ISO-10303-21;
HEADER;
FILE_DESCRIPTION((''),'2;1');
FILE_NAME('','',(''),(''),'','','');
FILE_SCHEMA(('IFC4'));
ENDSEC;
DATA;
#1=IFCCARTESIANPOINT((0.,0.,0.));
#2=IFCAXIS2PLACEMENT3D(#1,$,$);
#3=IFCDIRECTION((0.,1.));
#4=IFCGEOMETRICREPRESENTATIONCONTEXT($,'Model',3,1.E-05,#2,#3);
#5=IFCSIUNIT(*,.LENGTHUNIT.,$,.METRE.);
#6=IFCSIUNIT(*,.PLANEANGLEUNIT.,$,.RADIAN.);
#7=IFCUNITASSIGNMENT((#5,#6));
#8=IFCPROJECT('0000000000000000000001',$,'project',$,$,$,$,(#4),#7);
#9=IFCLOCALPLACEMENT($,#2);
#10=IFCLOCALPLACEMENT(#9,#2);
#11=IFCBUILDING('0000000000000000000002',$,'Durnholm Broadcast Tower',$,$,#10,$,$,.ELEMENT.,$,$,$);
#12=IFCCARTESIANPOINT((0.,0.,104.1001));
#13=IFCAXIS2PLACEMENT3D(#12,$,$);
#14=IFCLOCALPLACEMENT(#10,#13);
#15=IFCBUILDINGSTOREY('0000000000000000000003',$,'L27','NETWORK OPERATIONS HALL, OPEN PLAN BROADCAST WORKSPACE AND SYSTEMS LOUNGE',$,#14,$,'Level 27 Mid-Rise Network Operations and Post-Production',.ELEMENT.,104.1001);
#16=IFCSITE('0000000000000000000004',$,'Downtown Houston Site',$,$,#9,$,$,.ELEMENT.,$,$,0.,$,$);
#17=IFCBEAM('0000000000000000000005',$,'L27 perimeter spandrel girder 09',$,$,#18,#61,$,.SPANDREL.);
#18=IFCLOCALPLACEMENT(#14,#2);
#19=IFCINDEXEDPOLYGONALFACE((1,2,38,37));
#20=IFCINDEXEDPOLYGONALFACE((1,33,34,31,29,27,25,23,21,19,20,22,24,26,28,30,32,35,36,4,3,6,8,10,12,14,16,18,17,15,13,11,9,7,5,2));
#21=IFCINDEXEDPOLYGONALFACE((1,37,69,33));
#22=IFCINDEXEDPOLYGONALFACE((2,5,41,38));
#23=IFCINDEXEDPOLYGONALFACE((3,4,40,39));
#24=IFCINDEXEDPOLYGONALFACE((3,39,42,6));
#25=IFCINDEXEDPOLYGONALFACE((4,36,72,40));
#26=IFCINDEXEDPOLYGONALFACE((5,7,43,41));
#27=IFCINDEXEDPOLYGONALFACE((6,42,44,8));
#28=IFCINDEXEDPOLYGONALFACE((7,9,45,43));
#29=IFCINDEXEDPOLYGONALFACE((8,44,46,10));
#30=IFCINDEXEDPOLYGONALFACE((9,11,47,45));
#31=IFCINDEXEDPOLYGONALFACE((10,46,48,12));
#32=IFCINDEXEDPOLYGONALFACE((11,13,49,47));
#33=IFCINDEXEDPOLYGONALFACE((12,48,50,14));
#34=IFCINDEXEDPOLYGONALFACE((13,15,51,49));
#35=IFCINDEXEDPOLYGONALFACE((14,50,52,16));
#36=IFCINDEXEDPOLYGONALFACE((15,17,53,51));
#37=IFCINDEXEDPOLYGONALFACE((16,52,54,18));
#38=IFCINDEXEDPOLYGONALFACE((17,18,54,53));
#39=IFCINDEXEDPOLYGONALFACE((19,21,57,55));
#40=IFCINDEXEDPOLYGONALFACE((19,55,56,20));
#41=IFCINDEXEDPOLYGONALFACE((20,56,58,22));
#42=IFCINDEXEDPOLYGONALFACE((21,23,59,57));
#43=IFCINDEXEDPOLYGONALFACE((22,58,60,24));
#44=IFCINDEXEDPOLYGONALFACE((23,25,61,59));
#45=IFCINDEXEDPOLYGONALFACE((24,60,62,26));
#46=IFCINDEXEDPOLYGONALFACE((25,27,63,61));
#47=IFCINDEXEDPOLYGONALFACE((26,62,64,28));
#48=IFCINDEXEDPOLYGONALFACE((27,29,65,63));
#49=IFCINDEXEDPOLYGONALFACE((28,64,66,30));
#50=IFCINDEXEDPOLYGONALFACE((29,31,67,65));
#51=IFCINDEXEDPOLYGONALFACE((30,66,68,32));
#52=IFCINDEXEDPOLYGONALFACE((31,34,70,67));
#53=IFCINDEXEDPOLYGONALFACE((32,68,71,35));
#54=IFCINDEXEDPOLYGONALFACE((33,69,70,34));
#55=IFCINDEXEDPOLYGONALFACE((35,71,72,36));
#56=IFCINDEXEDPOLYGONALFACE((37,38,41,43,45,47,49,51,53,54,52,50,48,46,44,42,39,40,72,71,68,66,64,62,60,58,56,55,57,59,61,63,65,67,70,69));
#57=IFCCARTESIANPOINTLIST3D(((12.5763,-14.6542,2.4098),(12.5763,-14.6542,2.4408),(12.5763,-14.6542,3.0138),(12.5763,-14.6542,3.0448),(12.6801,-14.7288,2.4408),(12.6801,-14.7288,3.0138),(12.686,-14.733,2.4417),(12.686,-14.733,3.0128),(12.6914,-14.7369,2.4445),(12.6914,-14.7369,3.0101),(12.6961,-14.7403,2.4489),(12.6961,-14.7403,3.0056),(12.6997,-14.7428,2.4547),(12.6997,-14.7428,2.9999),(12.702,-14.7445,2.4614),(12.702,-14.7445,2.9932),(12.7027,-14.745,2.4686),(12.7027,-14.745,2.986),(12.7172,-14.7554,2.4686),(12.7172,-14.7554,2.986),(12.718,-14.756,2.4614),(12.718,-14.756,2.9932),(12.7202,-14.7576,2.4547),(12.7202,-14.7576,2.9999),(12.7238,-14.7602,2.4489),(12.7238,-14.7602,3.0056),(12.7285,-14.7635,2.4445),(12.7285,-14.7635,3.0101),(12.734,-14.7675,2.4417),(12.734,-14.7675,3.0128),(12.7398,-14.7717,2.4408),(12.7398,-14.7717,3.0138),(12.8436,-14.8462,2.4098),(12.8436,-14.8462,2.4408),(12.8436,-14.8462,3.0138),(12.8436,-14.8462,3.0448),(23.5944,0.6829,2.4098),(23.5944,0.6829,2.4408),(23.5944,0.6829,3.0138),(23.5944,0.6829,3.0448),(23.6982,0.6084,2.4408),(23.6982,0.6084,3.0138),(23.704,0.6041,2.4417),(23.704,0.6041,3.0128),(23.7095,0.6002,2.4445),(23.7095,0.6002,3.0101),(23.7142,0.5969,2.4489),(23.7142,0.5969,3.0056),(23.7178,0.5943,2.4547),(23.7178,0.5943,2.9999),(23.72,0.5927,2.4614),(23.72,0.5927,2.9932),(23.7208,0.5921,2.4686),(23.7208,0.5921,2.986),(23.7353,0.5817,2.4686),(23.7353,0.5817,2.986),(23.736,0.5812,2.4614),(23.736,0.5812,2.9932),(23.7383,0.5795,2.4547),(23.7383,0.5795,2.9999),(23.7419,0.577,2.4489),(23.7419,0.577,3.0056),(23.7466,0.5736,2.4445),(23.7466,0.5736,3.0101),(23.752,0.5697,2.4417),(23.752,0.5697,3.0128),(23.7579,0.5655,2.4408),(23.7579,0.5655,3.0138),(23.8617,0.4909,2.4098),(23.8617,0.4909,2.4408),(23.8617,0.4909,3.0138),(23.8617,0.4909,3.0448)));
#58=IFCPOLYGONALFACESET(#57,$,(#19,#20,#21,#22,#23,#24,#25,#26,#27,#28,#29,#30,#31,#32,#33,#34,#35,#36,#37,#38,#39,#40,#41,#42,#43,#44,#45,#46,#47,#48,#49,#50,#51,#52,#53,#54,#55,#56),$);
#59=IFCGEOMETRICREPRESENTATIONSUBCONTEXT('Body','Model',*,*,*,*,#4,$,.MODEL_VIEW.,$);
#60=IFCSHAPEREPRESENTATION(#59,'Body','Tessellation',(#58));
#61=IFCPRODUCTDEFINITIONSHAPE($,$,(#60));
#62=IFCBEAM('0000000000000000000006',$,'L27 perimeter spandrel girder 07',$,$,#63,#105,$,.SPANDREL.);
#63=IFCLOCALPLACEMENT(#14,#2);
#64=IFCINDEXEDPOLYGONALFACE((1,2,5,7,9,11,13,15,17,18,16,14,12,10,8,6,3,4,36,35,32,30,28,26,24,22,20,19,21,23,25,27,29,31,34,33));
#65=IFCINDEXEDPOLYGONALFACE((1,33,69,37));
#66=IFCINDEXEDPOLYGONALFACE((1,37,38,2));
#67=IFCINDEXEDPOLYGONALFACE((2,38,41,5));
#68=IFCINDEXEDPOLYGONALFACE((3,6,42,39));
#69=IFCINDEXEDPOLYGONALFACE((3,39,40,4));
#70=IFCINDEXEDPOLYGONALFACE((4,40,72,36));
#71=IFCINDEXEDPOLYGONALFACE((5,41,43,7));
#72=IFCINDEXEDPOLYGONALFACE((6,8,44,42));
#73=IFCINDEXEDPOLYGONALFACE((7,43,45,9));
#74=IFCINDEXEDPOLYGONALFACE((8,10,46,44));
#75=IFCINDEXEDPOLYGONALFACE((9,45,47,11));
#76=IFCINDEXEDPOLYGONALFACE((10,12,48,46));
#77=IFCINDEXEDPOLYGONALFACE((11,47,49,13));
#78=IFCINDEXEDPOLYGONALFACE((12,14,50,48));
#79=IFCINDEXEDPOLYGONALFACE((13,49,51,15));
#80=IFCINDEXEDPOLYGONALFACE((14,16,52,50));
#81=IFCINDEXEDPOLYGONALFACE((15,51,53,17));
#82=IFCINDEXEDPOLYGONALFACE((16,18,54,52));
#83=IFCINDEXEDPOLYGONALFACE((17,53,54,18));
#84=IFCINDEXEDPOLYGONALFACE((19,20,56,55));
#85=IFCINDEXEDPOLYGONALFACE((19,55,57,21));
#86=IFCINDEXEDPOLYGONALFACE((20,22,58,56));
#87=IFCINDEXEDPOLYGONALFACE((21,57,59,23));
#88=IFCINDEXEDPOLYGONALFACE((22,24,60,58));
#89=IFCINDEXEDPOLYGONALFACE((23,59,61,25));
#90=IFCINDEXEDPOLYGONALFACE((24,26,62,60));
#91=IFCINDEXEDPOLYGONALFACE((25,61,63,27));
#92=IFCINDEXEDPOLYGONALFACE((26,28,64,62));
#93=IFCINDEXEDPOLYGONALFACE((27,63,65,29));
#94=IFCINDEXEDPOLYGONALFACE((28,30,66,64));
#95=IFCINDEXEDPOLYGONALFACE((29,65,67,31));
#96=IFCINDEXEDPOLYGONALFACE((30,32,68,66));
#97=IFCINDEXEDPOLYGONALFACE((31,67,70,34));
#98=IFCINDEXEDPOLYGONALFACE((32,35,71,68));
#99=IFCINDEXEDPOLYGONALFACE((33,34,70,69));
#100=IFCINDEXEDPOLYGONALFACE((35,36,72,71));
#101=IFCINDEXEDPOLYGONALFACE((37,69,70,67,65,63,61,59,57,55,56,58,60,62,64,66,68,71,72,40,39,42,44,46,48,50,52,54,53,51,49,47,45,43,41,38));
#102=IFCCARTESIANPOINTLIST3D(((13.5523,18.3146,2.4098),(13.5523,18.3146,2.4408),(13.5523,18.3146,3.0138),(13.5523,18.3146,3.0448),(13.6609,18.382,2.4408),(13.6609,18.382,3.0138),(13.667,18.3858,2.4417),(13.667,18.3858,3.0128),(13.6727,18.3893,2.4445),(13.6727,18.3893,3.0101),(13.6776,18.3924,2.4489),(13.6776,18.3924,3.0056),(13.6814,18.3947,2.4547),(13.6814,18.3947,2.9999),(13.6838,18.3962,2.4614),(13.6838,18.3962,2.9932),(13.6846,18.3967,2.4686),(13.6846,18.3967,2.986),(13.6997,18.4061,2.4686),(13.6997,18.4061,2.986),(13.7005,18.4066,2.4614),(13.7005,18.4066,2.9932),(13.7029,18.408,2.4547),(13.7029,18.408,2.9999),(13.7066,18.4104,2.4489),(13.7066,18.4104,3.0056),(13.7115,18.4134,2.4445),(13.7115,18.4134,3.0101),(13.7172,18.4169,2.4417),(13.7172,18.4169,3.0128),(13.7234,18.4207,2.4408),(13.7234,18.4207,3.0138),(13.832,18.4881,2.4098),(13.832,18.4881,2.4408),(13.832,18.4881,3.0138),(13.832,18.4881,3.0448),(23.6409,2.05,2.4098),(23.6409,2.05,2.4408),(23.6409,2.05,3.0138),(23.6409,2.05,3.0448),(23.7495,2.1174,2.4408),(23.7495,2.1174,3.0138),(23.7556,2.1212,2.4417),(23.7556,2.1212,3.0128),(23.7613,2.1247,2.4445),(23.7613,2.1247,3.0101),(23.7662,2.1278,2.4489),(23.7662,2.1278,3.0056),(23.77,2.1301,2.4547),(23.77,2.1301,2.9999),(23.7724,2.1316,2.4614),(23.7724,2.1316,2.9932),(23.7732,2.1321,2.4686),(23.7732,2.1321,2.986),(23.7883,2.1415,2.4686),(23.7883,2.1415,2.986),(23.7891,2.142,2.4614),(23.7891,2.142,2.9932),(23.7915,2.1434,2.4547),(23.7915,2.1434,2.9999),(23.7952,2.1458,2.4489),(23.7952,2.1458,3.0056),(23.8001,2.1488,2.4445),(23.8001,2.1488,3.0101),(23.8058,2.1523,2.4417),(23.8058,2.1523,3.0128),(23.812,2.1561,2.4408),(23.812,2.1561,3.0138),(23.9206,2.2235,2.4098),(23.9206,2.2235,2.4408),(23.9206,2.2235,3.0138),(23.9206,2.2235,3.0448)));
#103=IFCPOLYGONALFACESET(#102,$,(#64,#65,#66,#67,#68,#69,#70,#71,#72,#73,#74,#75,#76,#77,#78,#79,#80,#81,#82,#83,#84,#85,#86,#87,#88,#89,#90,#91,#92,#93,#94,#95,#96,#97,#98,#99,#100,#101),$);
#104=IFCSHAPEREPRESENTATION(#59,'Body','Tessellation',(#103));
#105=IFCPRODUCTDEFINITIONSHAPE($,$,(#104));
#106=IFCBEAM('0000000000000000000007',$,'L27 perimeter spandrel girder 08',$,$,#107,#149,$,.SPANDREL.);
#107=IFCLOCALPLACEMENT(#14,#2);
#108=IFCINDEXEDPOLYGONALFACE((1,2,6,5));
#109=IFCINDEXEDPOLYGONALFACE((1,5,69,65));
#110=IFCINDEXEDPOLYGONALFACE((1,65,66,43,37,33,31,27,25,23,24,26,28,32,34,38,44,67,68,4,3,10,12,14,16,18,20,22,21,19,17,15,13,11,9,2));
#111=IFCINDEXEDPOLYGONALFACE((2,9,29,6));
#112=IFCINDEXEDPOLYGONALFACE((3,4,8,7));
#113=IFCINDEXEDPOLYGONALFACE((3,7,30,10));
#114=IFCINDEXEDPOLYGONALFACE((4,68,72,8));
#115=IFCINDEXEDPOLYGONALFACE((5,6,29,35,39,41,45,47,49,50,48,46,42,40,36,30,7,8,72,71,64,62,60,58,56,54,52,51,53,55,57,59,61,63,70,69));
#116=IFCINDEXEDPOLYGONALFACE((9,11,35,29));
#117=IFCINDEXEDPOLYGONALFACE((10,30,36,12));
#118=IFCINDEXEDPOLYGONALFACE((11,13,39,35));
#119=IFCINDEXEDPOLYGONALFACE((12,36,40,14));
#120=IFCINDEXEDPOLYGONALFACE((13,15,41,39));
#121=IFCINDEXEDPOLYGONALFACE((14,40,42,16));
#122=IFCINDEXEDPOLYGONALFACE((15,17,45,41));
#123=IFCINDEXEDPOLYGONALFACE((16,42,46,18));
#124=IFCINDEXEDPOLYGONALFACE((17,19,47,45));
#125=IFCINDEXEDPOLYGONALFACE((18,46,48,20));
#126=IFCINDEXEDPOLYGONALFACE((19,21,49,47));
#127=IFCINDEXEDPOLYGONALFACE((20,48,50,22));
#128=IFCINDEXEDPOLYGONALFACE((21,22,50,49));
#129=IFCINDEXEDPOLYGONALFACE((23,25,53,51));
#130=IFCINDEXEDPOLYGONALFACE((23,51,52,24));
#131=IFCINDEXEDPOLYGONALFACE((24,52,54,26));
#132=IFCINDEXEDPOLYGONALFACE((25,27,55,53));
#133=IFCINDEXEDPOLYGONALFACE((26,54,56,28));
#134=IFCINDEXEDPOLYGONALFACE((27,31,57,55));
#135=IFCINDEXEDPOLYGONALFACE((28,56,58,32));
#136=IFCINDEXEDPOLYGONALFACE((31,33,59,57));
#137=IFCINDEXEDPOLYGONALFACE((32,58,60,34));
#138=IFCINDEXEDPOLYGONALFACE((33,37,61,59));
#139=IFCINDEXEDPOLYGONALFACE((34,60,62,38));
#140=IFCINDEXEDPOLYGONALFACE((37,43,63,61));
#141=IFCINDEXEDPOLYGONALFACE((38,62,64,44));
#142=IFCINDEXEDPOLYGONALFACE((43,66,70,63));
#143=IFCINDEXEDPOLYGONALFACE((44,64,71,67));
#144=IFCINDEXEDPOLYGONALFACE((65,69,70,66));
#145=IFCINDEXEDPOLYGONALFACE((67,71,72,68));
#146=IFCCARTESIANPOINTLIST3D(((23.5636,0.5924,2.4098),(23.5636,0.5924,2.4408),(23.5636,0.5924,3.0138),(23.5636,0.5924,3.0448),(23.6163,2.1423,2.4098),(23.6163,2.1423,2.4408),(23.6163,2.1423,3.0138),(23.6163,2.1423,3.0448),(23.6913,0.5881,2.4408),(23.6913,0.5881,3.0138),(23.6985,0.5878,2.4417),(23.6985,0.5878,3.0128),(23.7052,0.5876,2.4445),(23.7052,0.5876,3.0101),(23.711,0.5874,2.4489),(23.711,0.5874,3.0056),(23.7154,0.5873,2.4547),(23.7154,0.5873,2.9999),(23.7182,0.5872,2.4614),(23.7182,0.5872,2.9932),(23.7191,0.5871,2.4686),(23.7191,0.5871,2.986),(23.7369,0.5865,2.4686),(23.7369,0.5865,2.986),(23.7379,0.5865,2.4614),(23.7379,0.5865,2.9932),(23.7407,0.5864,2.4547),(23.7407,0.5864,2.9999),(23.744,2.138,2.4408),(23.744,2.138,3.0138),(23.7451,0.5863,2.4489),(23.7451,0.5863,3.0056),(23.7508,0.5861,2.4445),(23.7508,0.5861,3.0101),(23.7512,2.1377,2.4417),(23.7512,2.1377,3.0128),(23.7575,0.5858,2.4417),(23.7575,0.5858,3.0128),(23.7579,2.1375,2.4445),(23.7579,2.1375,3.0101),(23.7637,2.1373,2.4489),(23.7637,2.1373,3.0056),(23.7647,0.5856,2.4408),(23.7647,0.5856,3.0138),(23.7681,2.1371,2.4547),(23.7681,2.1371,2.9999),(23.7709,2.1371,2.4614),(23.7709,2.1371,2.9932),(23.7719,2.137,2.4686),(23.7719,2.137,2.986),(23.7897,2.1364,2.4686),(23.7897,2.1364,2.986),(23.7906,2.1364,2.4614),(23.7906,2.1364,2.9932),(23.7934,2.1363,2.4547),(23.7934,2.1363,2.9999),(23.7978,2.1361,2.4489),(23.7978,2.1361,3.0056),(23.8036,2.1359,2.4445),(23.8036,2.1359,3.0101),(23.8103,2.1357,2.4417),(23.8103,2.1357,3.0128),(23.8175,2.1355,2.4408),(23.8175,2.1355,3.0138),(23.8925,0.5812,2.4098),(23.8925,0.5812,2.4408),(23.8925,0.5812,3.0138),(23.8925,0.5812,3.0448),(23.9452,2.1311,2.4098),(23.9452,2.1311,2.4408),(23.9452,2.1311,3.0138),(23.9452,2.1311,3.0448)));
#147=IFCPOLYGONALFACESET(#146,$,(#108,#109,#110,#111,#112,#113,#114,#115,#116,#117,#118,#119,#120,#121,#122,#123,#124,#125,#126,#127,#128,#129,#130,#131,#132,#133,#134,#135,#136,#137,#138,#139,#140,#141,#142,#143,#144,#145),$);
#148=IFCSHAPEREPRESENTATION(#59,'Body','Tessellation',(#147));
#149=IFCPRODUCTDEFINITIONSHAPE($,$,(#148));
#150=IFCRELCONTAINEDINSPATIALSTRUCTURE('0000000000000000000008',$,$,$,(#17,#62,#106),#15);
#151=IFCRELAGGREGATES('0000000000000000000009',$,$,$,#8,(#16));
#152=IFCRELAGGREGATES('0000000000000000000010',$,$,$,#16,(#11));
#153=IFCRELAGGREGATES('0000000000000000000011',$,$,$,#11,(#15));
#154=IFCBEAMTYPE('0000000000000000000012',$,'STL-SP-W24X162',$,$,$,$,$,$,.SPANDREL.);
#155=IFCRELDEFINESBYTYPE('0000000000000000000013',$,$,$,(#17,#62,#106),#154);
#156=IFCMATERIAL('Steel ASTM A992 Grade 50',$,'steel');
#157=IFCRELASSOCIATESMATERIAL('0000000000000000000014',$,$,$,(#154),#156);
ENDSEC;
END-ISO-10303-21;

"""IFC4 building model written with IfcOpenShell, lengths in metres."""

from ifc_helpers import new_model, si_unit, direction, frame, origin, origin_2d, place, context, subcontext, project, spatial, i_section, extrude, source, transform, mapped, material, material_profile, profile_set, type_object, type_shapes, element, save


model = new_model("IFC4")

# Units and contexts
model_context = context("Model", 3, precision=1e-05, world=origin(), true_north=direction((0.0, 1.0)))
body_context = subcontext(model_context, "Body", "Model", "MODEL_VIEW")
ifc_project = project(units=[si_unit("LENGTHUNIT", "METRE"), si_unit("PLANEANGLEUNIT", "RADIAN")], contexts=[model_context])

# Site, building, storey
site_placement = place(None, origin())
site = spatial("IfcSite", under=ifc_project, at=site_placement, Name="Downtown Houston Site", CompositionType="ELEMENT", RefElevation=0.0)
building_placement = place(site_placement, origin())
building = spatial("IfcBuilding", under=site, at=building_placement, Name="Durnholm Broadcast Tower", CompositionType="ELEMENT")
storey_placement = place(building_placement, frame((0.0, 0.0, 104.1001)))
storey = spatial("IfcBuildingStorey", under=building, at=storey_placement, Name="L27", Description="NETWORK OPERATIONS HALL, OPEN PLAN BROADCAST WORKSPACE AND SYSTEMS LOUNGE", LongName="Level 27 Mid-Rise Network Operations and Post-Production", CompositionType="ELEMENT", Elevation=104.1001)

# Beams
ifc_material_1 = material(Name="Steel ASTM A992 Grade 50", Category="steel")
ifc_material_profile_1 = material_profile(ifc_material_1, i_section(OverallWidth=0.3291, OverallDepth=0.635, WebThickness=0.0178, FlangeThickness=0.031, FilletRadius=0.0278, at=origin_2d()), Name="W24X162")
ifc_profile_set_1 = profile_set([ifc_material_profile_1], Name="Steel ASTM A992 Grade 50")
beam_type_1 = type_object("IfcBeamType", Name="STL-SP-W24X162", PredefinedType="SPANDREL", material=ifc_profile_set_1)
shared_shape_1 = source(origin(), body_context, "Body", "SweptSolid", [
    extrude(i_section(OverallWidth=0.3291, OverallDepth=0.635, WebThickness=0.0178, FlangeThickness=0.031, FilletRadius=0.0278, at=origin_2d()), origin(), (0.0, 0.0, 1.0), 18.8845),
])
beam_1_placement = place(storey_placement, frame((23.728, 0.5869, 2.7273), z_axis=(-0.583443, -0.812154, 0.0), x_axis=(0.812154, -0.583443, 0.0)))
element("IfcBeam", 1, at=beam_1_placement, inside=storey, type_object=beam_type_1, Name="L27 perimeter spandrel girder 09", PredefinedType="SPANDREL", context=body_context, shape_type="MappedRepresentation", body=[
    mapped(shared_shape_1, transform((0.0, 0.0, 0.0), x_axis=(1.0, 0.0, 0.0), y_axis=(0.0, 1.0, 0.0), z_axis=(0.0, 0.0, 1.0), scale=1.0)),
])
shared_shape_2 = source(origin(), body_context, "Body", "SweptSolid", [
    extrude(i_section(OverallWidth=0.3291, OverallDepth=0.635, WebThickness=0.0178, FlangeThickness=0.031, FilletRadius=0.0278, at=origin_2d()), origin(), (0.0, 0.0, 1.0), 19.1394),
])
beam_2_placement = place(storey_placement, frame((13.6921, 18.4014, 2.7273), z_axis=(0.527111, -0.849796, 0.0), x_axis=(0.849796, 0.527111, 0.0)))
element("IfcBeam", 2, at=beam_2_placement, inside=storey, type_object=beam_type_1, Name="L27 perimeter spandrel girder 07", PredefinedType="SPANDREL", context=body_context, shape_type="MappedRepresentation", body=[
    mapped(shared_shape_2, transform((0.0, 0.0, 0.0), x_axis=(1.0, 0.0, 0.0), y_axis=(0.0, 1.0, 0.0), z_axis=(0.0, 0.0, 1.0), scale=1.0)),
])
shared_shape_3 = source(origin(), body_context, "Body", "SweptSolid", [
    extrude(i_section(OverallWidth=0.3291, OverallDepth=0.635, WebThickness=0.0178, FlangeThickness=0.031, FilletRadius=0.0278, at=origin_2d()), origin(), (0.0, 0.0, 1.0), 1.5508),
])
type_shapes(beam_type_1, [shared_shape_1, shared_shape_2, shared_shape_3])
beam_3_placement = place(storey_placement, frame((23.7808, 2.1367, 2.7273), z_axis=(-0.034007, -0.999422, 0.0), x_axis=(0.999422, -0.034007, 0.0)))
element("IfcBeam", 3, at=beam_3_placement, inside=storey, type_object=beam_type_1, Name="L27 perimeter spandrel girder 08", PredefinedType="SPANDREL", context=body_context, shape_type="MappedRepresentation", body=[
    mapped(shared_shape_3, transform((0.0, 0.0, 0.0), x_axis=(1.0, 0.0, 0.0), y_axis=(0.0, 1.0, 0.0), z_axis=(0.0, 0.0, 1.0), scale=1.0)),
])

save(model, "model.ifc")
